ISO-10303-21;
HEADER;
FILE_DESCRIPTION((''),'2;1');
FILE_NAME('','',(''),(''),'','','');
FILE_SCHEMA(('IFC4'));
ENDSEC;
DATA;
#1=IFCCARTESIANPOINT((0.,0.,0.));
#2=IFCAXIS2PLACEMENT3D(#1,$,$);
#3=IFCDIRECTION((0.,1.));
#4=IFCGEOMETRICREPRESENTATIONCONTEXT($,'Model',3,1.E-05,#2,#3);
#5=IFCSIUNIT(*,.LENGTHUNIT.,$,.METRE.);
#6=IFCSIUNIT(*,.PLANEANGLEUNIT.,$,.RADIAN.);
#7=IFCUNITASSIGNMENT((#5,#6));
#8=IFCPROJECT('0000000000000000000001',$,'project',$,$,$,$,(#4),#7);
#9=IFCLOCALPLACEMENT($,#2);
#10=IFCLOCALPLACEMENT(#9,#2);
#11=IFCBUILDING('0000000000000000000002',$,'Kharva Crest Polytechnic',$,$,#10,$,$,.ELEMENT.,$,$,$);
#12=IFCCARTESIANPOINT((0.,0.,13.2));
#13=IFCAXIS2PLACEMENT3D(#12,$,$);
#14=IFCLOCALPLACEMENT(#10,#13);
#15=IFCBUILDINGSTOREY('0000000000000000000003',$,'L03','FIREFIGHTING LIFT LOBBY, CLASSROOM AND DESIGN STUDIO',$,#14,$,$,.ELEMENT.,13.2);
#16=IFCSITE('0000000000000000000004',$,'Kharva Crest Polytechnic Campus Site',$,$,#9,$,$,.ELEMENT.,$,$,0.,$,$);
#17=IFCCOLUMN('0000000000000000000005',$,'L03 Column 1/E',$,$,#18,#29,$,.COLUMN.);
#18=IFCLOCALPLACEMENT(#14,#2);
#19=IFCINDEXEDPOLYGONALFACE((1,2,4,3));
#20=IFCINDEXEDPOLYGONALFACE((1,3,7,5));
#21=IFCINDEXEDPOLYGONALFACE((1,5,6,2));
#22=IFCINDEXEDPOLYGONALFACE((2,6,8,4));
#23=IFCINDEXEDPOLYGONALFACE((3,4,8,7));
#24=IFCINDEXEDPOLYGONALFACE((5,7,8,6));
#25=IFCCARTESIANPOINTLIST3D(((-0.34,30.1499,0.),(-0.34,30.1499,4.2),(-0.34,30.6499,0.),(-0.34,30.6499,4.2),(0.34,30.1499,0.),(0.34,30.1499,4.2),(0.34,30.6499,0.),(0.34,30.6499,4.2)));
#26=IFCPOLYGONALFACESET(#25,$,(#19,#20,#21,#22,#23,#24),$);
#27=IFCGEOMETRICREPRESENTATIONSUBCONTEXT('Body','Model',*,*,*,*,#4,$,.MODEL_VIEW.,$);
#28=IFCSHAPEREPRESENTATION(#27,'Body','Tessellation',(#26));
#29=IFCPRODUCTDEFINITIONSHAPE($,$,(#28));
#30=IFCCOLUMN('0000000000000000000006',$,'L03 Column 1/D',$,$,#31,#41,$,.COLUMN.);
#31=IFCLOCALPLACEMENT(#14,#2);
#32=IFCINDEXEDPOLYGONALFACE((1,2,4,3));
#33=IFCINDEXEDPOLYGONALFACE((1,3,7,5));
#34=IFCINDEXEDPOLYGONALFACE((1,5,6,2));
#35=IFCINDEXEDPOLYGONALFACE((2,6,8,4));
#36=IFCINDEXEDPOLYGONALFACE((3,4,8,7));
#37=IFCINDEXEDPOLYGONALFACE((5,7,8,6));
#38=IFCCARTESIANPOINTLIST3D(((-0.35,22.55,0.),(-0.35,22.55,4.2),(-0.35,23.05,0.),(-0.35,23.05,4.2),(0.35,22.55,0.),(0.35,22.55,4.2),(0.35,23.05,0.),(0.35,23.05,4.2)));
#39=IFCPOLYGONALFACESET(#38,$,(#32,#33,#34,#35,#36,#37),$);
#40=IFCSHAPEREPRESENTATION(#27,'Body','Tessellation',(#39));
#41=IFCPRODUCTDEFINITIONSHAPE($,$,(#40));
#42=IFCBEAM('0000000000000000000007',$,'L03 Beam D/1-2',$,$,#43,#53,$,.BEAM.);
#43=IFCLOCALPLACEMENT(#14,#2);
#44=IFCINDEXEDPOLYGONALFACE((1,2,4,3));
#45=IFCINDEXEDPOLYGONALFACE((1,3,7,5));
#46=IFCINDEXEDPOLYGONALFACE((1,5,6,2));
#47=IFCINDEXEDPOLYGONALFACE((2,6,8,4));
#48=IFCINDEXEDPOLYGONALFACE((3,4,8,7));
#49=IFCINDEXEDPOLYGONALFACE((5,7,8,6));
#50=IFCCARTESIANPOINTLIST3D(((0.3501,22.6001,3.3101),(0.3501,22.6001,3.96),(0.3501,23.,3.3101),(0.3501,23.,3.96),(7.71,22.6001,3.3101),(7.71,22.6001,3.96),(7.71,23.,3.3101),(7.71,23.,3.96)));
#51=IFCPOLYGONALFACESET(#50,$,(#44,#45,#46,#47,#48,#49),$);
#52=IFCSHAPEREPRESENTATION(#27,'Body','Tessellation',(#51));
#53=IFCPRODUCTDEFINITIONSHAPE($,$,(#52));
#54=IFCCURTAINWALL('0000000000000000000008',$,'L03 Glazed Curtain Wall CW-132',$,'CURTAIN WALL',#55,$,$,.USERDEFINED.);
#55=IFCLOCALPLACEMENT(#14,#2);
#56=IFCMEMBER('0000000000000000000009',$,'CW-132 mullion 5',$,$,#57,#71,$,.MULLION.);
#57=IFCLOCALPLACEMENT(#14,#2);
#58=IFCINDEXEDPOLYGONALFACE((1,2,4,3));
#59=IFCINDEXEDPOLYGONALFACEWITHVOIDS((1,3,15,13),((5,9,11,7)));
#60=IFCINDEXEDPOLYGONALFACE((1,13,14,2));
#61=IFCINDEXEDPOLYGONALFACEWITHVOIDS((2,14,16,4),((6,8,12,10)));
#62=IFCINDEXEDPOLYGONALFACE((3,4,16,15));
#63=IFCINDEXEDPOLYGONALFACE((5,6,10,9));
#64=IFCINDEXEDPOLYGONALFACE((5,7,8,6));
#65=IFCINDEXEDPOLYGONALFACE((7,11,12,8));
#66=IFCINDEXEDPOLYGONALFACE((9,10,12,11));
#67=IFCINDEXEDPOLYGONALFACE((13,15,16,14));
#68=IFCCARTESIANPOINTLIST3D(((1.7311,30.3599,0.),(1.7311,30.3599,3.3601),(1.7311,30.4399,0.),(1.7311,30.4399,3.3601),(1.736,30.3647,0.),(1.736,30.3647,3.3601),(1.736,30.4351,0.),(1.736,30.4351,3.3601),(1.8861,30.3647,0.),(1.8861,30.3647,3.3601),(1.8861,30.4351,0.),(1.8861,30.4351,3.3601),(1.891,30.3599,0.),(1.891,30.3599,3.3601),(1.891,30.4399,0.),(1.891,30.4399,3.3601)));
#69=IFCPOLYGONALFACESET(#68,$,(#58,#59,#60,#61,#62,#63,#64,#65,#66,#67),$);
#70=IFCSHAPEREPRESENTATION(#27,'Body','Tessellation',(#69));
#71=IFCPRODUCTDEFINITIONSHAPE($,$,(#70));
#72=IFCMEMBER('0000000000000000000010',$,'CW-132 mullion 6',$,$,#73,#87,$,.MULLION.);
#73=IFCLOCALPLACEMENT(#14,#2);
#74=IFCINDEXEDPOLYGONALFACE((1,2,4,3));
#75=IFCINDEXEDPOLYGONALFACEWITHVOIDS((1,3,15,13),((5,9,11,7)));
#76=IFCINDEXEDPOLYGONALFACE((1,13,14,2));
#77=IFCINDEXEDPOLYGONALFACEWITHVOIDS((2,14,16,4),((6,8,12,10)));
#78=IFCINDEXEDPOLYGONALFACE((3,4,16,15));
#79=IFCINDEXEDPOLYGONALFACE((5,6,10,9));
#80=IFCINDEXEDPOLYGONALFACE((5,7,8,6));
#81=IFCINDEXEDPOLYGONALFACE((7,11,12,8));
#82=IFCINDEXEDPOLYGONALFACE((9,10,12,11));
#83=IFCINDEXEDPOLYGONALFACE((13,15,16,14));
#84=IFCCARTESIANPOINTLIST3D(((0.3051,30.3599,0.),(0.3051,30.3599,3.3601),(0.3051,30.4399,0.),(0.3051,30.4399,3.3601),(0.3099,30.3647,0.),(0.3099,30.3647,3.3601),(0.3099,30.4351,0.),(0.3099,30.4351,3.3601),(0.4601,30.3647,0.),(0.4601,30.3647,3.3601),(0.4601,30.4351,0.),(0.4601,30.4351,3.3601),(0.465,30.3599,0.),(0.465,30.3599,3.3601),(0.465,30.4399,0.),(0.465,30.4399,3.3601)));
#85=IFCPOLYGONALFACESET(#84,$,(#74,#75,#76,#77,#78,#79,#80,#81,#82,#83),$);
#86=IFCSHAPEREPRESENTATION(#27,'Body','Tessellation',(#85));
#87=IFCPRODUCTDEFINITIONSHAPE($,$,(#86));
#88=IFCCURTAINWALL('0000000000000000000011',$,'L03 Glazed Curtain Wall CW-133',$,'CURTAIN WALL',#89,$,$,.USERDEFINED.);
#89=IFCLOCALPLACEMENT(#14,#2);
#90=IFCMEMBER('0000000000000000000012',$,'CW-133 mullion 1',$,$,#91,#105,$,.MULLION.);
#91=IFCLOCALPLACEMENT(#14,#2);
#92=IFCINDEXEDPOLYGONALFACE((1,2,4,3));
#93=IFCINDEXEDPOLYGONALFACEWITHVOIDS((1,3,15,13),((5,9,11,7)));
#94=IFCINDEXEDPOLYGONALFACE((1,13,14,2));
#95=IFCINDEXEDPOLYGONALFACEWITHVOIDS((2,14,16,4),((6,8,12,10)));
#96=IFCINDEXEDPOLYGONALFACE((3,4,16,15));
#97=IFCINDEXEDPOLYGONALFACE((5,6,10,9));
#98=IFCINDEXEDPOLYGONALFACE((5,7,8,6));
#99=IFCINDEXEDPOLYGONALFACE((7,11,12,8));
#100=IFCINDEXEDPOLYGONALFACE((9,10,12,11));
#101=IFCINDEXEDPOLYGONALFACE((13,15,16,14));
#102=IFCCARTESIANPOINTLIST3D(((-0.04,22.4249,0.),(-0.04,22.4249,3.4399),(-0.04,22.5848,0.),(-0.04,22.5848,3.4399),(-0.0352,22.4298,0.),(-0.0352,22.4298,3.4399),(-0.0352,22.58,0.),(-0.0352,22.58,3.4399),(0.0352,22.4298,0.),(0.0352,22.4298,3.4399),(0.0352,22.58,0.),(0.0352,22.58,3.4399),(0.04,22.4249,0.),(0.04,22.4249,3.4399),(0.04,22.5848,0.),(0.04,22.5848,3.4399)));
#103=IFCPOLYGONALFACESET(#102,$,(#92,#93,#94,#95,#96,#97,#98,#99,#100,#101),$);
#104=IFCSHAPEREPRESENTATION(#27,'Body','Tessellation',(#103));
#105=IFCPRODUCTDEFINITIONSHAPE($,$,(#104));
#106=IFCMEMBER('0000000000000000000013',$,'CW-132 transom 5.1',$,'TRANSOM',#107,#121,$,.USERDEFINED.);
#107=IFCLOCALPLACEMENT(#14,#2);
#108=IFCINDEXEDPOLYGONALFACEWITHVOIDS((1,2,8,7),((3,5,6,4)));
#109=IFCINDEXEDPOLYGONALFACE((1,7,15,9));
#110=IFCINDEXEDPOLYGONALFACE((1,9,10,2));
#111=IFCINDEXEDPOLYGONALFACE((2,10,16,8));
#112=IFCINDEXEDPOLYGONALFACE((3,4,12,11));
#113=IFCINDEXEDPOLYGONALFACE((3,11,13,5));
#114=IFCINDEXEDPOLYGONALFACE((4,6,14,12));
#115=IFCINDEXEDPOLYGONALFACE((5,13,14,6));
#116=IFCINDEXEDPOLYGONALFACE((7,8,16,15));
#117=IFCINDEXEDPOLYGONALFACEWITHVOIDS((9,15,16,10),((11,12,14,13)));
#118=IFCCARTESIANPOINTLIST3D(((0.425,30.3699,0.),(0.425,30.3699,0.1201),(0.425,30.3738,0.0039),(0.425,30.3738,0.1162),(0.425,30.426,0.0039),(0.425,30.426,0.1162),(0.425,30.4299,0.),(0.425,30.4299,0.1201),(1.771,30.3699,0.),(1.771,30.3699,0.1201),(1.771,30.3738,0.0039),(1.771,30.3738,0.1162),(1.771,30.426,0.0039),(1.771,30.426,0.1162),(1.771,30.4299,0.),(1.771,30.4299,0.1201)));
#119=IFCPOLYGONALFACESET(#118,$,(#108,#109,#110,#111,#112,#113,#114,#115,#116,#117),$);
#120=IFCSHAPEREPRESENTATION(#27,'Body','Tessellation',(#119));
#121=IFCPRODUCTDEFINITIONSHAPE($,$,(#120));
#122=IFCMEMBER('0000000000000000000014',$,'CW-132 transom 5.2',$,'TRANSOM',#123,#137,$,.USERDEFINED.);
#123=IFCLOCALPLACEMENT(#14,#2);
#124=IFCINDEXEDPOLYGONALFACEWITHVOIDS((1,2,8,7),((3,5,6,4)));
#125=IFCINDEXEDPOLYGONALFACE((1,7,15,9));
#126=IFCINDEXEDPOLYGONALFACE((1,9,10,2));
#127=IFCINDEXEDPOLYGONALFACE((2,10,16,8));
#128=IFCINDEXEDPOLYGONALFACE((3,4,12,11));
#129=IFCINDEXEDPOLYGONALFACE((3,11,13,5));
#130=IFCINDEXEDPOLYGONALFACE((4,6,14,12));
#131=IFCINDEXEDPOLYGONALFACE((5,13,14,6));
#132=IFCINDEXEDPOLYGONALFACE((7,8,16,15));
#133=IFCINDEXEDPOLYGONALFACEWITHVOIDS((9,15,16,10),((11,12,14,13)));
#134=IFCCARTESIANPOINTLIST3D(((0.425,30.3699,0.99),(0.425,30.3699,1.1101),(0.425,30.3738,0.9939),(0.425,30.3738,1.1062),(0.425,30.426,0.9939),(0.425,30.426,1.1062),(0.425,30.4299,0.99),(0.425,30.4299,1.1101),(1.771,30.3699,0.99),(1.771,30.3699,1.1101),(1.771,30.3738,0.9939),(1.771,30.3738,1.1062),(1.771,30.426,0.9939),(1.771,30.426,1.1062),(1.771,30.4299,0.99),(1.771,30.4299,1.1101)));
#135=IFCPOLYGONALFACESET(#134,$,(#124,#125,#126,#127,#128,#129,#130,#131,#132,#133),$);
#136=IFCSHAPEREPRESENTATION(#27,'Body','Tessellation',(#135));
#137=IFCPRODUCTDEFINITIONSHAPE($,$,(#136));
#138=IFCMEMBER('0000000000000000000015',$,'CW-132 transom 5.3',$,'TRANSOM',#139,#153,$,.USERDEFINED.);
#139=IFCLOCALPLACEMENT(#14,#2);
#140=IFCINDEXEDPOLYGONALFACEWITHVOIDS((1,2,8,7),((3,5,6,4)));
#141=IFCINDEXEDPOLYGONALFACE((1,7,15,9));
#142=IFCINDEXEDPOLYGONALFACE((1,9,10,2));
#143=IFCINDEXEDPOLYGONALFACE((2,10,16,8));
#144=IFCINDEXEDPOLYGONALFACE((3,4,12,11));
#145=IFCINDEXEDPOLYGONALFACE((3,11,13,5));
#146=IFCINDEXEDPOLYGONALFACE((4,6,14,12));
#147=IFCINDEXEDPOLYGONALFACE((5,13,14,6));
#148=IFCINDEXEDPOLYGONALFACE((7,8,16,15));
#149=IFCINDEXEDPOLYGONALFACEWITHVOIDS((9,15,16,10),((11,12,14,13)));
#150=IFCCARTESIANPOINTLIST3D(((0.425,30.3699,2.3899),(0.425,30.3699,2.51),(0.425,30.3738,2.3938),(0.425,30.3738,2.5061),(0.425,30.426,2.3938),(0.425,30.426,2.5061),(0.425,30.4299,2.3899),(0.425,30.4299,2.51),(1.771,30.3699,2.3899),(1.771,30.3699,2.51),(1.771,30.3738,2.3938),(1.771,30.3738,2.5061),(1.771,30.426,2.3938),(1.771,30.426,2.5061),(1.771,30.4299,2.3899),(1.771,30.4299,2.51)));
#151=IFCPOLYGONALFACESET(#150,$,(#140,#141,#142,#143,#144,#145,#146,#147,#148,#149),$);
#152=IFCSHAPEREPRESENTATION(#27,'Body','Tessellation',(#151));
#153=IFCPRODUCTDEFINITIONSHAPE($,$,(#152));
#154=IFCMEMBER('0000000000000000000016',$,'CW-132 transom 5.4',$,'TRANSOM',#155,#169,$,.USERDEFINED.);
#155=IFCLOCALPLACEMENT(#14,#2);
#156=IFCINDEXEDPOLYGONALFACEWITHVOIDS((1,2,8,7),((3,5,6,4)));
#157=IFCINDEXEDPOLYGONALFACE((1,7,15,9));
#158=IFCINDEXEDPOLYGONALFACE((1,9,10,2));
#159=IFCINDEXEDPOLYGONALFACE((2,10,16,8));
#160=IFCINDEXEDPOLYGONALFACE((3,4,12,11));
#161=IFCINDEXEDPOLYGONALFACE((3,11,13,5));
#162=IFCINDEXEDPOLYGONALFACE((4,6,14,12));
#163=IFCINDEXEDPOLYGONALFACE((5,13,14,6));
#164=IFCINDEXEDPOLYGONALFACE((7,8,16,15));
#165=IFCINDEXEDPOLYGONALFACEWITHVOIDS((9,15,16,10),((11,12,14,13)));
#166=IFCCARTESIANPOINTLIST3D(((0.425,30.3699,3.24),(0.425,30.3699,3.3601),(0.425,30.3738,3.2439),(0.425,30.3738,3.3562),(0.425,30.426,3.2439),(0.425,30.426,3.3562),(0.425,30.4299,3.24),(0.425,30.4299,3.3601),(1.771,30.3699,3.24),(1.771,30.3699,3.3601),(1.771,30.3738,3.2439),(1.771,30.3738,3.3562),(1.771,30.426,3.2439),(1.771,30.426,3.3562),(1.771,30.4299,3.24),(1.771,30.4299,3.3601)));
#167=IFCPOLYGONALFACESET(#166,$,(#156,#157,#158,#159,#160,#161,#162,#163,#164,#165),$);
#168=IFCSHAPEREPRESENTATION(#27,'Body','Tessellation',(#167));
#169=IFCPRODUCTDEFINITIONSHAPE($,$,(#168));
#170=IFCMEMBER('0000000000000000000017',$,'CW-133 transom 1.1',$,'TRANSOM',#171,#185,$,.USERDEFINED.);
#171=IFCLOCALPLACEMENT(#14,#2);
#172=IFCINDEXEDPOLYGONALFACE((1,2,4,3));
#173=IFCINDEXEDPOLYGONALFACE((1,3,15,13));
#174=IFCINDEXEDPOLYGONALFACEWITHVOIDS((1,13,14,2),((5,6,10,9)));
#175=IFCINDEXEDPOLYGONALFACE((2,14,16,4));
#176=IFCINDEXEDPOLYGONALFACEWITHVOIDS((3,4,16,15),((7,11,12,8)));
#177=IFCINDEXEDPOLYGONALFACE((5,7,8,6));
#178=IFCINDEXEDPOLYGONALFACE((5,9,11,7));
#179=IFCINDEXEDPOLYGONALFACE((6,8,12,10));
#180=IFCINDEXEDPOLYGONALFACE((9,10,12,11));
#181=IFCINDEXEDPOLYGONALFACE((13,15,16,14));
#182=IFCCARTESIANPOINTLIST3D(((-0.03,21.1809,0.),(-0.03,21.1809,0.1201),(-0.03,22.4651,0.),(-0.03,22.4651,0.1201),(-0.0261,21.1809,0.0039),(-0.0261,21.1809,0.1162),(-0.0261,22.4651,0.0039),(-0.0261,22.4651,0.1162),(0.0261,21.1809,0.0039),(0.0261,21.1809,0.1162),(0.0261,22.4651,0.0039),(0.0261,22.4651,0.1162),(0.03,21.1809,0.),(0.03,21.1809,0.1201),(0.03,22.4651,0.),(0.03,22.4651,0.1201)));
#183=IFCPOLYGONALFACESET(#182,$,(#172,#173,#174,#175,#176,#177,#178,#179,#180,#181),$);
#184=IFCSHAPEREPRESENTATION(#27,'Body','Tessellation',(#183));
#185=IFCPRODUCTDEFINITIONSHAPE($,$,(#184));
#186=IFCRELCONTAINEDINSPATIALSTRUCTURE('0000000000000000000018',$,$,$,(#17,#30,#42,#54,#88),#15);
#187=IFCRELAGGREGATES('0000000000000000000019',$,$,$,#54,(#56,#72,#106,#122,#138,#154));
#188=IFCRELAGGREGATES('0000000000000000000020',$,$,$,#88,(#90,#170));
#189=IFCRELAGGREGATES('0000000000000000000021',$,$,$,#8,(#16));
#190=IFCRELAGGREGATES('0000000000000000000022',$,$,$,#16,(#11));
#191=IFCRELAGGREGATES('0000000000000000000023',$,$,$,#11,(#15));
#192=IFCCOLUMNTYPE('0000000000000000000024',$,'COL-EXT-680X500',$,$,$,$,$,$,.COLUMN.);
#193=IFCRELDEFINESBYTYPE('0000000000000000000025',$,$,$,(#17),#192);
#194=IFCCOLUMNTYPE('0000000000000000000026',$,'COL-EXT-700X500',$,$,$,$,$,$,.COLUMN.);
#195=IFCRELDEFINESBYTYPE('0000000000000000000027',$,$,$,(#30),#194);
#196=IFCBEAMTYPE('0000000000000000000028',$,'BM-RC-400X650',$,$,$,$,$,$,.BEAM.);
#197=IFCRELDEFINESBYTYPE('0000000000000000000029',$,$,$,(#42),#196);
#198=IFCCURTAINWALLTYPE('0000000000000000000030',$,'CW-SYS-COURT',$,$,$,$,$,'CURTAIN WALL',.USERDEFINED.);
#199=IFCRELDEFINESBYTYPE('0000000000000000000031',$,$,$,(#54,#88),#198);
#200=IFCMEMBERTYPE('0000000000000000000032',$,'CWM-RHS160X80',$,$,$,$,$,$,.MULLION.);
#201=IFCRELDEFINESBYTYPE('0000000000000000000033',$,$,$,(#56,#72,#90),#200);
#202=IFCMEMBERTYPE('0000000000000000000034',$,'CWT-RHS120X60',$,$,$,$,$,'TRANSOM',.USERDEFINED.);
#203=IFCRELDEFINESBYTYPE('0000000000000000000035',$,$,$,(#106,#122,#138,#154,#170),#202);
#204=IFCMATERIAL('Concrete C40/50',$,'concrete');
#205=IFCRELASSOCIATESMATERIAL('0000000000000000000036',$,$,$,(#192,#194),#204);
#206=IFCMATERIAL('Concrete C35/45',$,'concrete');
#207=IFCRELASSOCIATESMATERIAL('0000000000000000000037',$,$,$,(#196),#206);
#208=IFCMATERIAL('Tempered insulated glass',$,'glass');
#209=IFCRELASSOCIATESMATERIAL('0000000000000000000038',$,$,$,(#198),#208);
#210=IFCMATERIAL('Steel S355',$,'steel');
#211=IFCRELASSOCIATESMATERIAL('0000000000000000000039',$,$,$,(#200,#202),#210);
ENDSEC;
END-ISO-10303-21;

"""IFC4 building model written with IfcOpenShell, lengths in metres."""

from ifc_helpers import new_model, si_unit, direction, frame, origin, origin_2d, place, context, subcontext, project, spatial, rectangle, hollow_rectangle, extrude, material, material_profile, profile_set, type_object, element, aggregate, save


model = new_model("IFC4")

# Units and contexts
model_context = context("Model", 3, precision=1e-05, world=origin(), true_north=direction((0.0, 1.0)))
body_context = subcontext(model_context, "Body", "Model", "MODEL_VIEW")
ifc_project = project(units=[si_unit("LENGTHUNIT", "METRE"), si_unit("PLANEANGLEUNIT", "RADIAN")], contexts=[model_context])

# Site, building, storey
site_placement = place(None, origin())
site = spatial("IfcSite", under=ifc_project, at=site_placement, Name="Kharva Crest Polytechnic Campus Site", CompositionType="ELEMENT", RefElevation=0.0)
building_placement = place(site_placement, origin())
building = spatial("IfcBuilding", under=site, at=building_placement, Name="Kharva Crest Polytechnic", CompositionType="ELEMENT")
storey_placement = place(building_placement, frame((0.0, 0.0, 13.2)))
storey = spatial("IfcBuildingStorey", under=building, at=storey_placement, Name="L03", Description="FIREFIGHTING LIFT LOBBY, CLASSROOM AND DESIGN STUDIO", CompositionType="ELEMENT", Elevation=13.2)

# Columns
ifc_material_1 = material(Name="Concrete C40/50", Category="concrete")
ifc_material_profile_1 = material_profile(ifc_material_1, rectangle(XDim=0.6799, YDim=0.5, at=origin_2d()), Name="RECT 680 X 500")
ifc_profile_set_1 = profile_set([ifc_material_profile_1], Name="Concrete C40/50")
column_type_1 = type_object("IfcColumnType", Name="COL-EXT-680X500", PredefinedType="COLUMN", material=ifc_profile_set_1)
column_1_placement = place(storey_placement, frame((0.0, 30.3999, 0.0), z_axis=(0.0, 0.0, 1.0), x_axis=(1.0, 0.0, 0.0)))
element("IfcColumn", 1, at=column_1_placement, inside=storey, type_object=column_type_1, Name="L03 Column 1/E", PredefinedType="COLUMN", context=body_context, shape_type="SweptSolid", body=[
    extrude(rectangle(XDim=0.6799, YDim=0.5, at=origin_2d()), origin(), (0.0, 0.0, 1.0), 4.2),
])
ifc_material_profile_2 = material_profile(ifc_material_1, rectangle(XDim=0.7, YDim=0.5, at=origin_2d()), Name="RECT 700 X 500")
ifc_profile_set_2 = profile_set([ifc_material_profile_2], Name="Concrete C40/50")
column_type_2 = type_object("IfcColumnType", Name="COL-EXT-700X500", PredefinedType="COLUMN", material=ifc_profile_set_2)
column_2_placement = place(storey_placement, frame((0.0, 22.8, 0.0), z_axis=(0.0, 0.0, 1.0), x_axis=(1.0, 0.0, 0.0)))
element("IfcColumn", 2, at=column_2_placement, inside=storey, type_object=column_type_2, Name="L03 Column 1/D", PredefinedType="COLUMN", context=body_context, shape_type="SweptSolid", body=[
    extrude(rectangle(XDim=0.7, YDim=0.5, at=origin_2d()), origin(), (0.0, 0.0, 1.0), 4.2),
])

# Beam
ifc_material_2 = material(Name="Concrete C35/45", Category="concrete")
ifc_material_profile_3 = material_profile(ifc_material_2, rectangle(XDim=0.3999, YDim=0.6499, at=origin_2d()), Name="RECT 400 X 650")
ifc_profile_set_3 = profile_set([ifc_material_profile_3], Name="Concrete C35/45")
beam_type_1 = type_object("IfcBeamType", Name="BM-RC-400X650", PredefinedType="BEAM", material=ifc_profile_set_3)
beam_1_placement = place(storey_placement, frame((0.3501, 22.8, 3.635), z_axis=(1.0, 0.0, 0.0), x_axis=(0.0, 1.0, 0.0)))
element("IfcBeam", 3, at=beam_1_placement, inside=storey, type_object=beam_type_1, Name="L03 Beam D/1-2", PredefinedType="BEAM", context=body_context, shape_type="SweptSolid", body=[
    extrude(rectangle(XDim=0.3999, YDim=0.6499, at=origin_2d()), origin(), (0.0, 0.0, 1.0), 7.3599),
])

# Curtain wall, members
ifc_material_3 = material(Name="Tempered insulated glass", Category="glass")
curtain_wall_type = type_object("IfcCurtainWallType", Name="CW-SYS-COURT", ElementType="CURTAIN WALL", PredefinedType="USERDEFINED", material=ifc_material_3)
curtain_wall_1_placement = place(storey_placement, origin())
curtain_wall_1 = element("IfcCurtainWall", 4, at=curtain_wall_1_placement, inside=storey, type_object=curtain_wall_type, Name="L03 Glazed Curtain Wall CW-132", ObjectType="CURTAIN WALL", PredefinedType="USERDEFINED")
ifc_material_4 = material(Name="Steel S355", Category="steel")
ifc_material_profile_4 = material_profile(ifc_material_4, hollow_rectangle(XDim=0.0801, YDim=0.1599, WallThickness=0.0049, at=origin_2d()), Name="RHS 160X80X5.0")
ifc_profile_set_4 = profile_set([ifc_material_profile_4], Name="Steel S355")
member_type_1 = type_object("IfcMemberType", Name="CWM-RHS160X80", PredefinedType="MULLION", material=ifc_profile_set_4)
member_1_placement = place(storey_placement, frame((1.811, 30.3999, 0.0), z_axis=(0.0, 0.0, 1.0), x_axis=(0.0, -1.0, 0.0)))
member_1 = element("IfcMember", 5, at=member_1_placement, type_object=member_type_1, Name="CW-132 mullion 5", PredefinedType="MULLION", context=body_context, shape_type="SweptSolid", body=[
    extrude(hollow_rectangle(XDim=0.0801, YDim=0.1599, WallThickness=0.0049, at=origin_2d()), origin(), (0.0, 0.0, 1.0), 3.3601),
])
member_2_placement = place(storey_placement, frame((0.385, 30.3999, 0.0), z_axis=(0.0, 0.0, 1.0), x_axis=(0.0, -1.0, 0.0)))
member_2 = element("IfcMember", 6, at=member_2_placement, type_object=member_type_1, Name="CW-132 mullion 6", PredefinedType="MULLION", context=body_context, shape_type="SweptSolid", body=[
    extrude(hollow_rectangle(XDim=0.0801, YDim=0.1599, WallThickness=0.0049, at=origin_2d()), origin(), (0.0, 0.0, 1.0), 3.3601),
])

# Curtain wall, member
curtain_wall_2_placement = place(storey_placement, origin())
curtain_wall_2 = element("IfcCurtainWall", 7, at=curtain_wall_2_placement, inside=storey, type_object=curtain_wall_type, Name="L03 Glazed Curtain Wall CW-133", ObjectType="CURTAIN WALL", PredefinedType="USERDEFINED")
member_3_placement = place(storey_placement, frame((0.0, 22.5049, 0.0), z_axis=(0.0, 0.0, 1.0), x_axis=(1.0, 0.0, 0.0)))
member_3 = element("IfcMember", 8, at=member_3_placement, type_object=member_type_1, Name="CW-133 mullion 1", PredefinedType="MULLION", context=body_context, shape_type="SweptSolid", body=[
    extrude(hollow_rectangle(XDim=0.0801, YDim=0.1599, WallThickness=0.0049, at=origin_2d()), origin(), (0.0, 0.0, 1.0), 3.4399),
])

# Members
ifc_material_profile_5 = material_profile(ifc_material_4, hollow_rectangle(XDim=0.0601, YDim=0.1201, WallThickness=0.0039, at=origin_2d()), Name="RHS 120X60X4.0")
ifc_profile_set_5 = profile_set([ifc_material_profile_5], Name="Steel S355")
member_type_2 = type_object("IfcMemberType", Name="CWT-RHS120X60", ElementType="TRANSOM", PredefinedType="USERDEFINED", material=ifc_profile_set_5)
member_4_placement = place(storey_placement, frame((1.771, 30.3999, 0.0601), z_axis=(-1.0, 0.0, 0.0), x_axis=(0.0, -1.0, 0.0)))
member_4 = element("IfcMember", 9, at=member_4_placement, type_object=member_type_2, Name="CW-132 transom 5.1", ObjectType="TRANSOM", PredefinedType="USERDEFINED", context=body_context, shape_type="SweptSolid", body=[
    extrude(hollow_rectangle(XDim=0.0601, YDim=0.1201, WallThickness=0.0039, at=origin_2d()), origin(), (0.0, 0.0, 1.0), 1.3459),
])
member_5_placement = place(storey_placement, frame((1.771, 30.3999, 1.05), z_axis=(-1.0, 0.0, 0.0), x_axis=(0.0, -1.0, 0.0)))
member_5 = element("IfcMember", 10, at=member_5_placement, type_object=member_type_2, Name="CW-132 transom 5.2", ObjectType="TRANSOM", PredefinedType="USERDEFINED", context=body_context, shape_type="SweptSolid", body=[
    extrude(hollow_rectangle(XDim=0.0601, YDim=0.1201, WallThickness=0.0039, at=origin_2d()), origin(), (0.0, 0.0, 1.0), 1.3459),
])
member_6_placement = place(storey_placement, frame((1.771, 30.3999, 2.45), z_axis=(-1.0, 0.0, 0.0), x_axis=(0.0, -1.0, 0.0)))
member_6 = element("IfcMember", 11, at=member_6_placement, type_object=member_type_2, Name="CW-132 transom 5.3", ObjectType="TRANSOM", PredefinedType="USERDEFINED", context=body_context, shape_type="SweptSolid", body=[
    extrude(hollow_rectangle(XDim=0.0601, YDim=0.1201, WallThickness=0.0039, at=origin_2d()), origin(), (0.0, 0.0, 1.0), 1.3459),
])
member_7_placement = place(storey_placement, frame((1.771, 30.3999, 3.3), z_axis=(-1.0, 0.0, 0.0), x_axis=(0.0, -1.0, 0.0)))
member_7 = element("IfcMember", 12, at=member_7_placement, type_object=member_type_2, Name="CW-132 transom 5.4", ObjectType="TRANSOM", PredefinedType="USERDEFINED", context=body_context, shape_type="SweptSolid", body=[
    extrude(hollow_rectangle(XDim=0.0601, YDim=0.1201, WallThickness=0.0039, at=origin_2d()), origin(), (0.0, 0.0, 1.0), 1.3459),
])
member_8_placement = place(storey_placement, frame((0.0, 22.4651, 0.0601), z_axis=(0.0, -1.0, 0.0), x_axis=(1.0, 0.0, 0.0)))
member_8 = element("IfcMember", 13, at=member_8_placement, type_object=member_type_2, Name="CW-133 transom 1.1", ObjectType="TRANSOM", PredefinedType="USERDEFINED", context=body_context, shape_type="SweptSolid", body=[
    extrude(hollow_rectangle(XDim=0.0601, YDim=0.1201, WallThickness=0.0039, at=origin_2d()), origin(), (0.0, 0.0, 1.0), 1.2842),
])

aggregate(curtain_wall_1, [member_1, member_2, member_4, member_5, member_6, member_7])
aggregate(curtain_wall_2, [member_3, member_8])

save(model, "model.ifc")
